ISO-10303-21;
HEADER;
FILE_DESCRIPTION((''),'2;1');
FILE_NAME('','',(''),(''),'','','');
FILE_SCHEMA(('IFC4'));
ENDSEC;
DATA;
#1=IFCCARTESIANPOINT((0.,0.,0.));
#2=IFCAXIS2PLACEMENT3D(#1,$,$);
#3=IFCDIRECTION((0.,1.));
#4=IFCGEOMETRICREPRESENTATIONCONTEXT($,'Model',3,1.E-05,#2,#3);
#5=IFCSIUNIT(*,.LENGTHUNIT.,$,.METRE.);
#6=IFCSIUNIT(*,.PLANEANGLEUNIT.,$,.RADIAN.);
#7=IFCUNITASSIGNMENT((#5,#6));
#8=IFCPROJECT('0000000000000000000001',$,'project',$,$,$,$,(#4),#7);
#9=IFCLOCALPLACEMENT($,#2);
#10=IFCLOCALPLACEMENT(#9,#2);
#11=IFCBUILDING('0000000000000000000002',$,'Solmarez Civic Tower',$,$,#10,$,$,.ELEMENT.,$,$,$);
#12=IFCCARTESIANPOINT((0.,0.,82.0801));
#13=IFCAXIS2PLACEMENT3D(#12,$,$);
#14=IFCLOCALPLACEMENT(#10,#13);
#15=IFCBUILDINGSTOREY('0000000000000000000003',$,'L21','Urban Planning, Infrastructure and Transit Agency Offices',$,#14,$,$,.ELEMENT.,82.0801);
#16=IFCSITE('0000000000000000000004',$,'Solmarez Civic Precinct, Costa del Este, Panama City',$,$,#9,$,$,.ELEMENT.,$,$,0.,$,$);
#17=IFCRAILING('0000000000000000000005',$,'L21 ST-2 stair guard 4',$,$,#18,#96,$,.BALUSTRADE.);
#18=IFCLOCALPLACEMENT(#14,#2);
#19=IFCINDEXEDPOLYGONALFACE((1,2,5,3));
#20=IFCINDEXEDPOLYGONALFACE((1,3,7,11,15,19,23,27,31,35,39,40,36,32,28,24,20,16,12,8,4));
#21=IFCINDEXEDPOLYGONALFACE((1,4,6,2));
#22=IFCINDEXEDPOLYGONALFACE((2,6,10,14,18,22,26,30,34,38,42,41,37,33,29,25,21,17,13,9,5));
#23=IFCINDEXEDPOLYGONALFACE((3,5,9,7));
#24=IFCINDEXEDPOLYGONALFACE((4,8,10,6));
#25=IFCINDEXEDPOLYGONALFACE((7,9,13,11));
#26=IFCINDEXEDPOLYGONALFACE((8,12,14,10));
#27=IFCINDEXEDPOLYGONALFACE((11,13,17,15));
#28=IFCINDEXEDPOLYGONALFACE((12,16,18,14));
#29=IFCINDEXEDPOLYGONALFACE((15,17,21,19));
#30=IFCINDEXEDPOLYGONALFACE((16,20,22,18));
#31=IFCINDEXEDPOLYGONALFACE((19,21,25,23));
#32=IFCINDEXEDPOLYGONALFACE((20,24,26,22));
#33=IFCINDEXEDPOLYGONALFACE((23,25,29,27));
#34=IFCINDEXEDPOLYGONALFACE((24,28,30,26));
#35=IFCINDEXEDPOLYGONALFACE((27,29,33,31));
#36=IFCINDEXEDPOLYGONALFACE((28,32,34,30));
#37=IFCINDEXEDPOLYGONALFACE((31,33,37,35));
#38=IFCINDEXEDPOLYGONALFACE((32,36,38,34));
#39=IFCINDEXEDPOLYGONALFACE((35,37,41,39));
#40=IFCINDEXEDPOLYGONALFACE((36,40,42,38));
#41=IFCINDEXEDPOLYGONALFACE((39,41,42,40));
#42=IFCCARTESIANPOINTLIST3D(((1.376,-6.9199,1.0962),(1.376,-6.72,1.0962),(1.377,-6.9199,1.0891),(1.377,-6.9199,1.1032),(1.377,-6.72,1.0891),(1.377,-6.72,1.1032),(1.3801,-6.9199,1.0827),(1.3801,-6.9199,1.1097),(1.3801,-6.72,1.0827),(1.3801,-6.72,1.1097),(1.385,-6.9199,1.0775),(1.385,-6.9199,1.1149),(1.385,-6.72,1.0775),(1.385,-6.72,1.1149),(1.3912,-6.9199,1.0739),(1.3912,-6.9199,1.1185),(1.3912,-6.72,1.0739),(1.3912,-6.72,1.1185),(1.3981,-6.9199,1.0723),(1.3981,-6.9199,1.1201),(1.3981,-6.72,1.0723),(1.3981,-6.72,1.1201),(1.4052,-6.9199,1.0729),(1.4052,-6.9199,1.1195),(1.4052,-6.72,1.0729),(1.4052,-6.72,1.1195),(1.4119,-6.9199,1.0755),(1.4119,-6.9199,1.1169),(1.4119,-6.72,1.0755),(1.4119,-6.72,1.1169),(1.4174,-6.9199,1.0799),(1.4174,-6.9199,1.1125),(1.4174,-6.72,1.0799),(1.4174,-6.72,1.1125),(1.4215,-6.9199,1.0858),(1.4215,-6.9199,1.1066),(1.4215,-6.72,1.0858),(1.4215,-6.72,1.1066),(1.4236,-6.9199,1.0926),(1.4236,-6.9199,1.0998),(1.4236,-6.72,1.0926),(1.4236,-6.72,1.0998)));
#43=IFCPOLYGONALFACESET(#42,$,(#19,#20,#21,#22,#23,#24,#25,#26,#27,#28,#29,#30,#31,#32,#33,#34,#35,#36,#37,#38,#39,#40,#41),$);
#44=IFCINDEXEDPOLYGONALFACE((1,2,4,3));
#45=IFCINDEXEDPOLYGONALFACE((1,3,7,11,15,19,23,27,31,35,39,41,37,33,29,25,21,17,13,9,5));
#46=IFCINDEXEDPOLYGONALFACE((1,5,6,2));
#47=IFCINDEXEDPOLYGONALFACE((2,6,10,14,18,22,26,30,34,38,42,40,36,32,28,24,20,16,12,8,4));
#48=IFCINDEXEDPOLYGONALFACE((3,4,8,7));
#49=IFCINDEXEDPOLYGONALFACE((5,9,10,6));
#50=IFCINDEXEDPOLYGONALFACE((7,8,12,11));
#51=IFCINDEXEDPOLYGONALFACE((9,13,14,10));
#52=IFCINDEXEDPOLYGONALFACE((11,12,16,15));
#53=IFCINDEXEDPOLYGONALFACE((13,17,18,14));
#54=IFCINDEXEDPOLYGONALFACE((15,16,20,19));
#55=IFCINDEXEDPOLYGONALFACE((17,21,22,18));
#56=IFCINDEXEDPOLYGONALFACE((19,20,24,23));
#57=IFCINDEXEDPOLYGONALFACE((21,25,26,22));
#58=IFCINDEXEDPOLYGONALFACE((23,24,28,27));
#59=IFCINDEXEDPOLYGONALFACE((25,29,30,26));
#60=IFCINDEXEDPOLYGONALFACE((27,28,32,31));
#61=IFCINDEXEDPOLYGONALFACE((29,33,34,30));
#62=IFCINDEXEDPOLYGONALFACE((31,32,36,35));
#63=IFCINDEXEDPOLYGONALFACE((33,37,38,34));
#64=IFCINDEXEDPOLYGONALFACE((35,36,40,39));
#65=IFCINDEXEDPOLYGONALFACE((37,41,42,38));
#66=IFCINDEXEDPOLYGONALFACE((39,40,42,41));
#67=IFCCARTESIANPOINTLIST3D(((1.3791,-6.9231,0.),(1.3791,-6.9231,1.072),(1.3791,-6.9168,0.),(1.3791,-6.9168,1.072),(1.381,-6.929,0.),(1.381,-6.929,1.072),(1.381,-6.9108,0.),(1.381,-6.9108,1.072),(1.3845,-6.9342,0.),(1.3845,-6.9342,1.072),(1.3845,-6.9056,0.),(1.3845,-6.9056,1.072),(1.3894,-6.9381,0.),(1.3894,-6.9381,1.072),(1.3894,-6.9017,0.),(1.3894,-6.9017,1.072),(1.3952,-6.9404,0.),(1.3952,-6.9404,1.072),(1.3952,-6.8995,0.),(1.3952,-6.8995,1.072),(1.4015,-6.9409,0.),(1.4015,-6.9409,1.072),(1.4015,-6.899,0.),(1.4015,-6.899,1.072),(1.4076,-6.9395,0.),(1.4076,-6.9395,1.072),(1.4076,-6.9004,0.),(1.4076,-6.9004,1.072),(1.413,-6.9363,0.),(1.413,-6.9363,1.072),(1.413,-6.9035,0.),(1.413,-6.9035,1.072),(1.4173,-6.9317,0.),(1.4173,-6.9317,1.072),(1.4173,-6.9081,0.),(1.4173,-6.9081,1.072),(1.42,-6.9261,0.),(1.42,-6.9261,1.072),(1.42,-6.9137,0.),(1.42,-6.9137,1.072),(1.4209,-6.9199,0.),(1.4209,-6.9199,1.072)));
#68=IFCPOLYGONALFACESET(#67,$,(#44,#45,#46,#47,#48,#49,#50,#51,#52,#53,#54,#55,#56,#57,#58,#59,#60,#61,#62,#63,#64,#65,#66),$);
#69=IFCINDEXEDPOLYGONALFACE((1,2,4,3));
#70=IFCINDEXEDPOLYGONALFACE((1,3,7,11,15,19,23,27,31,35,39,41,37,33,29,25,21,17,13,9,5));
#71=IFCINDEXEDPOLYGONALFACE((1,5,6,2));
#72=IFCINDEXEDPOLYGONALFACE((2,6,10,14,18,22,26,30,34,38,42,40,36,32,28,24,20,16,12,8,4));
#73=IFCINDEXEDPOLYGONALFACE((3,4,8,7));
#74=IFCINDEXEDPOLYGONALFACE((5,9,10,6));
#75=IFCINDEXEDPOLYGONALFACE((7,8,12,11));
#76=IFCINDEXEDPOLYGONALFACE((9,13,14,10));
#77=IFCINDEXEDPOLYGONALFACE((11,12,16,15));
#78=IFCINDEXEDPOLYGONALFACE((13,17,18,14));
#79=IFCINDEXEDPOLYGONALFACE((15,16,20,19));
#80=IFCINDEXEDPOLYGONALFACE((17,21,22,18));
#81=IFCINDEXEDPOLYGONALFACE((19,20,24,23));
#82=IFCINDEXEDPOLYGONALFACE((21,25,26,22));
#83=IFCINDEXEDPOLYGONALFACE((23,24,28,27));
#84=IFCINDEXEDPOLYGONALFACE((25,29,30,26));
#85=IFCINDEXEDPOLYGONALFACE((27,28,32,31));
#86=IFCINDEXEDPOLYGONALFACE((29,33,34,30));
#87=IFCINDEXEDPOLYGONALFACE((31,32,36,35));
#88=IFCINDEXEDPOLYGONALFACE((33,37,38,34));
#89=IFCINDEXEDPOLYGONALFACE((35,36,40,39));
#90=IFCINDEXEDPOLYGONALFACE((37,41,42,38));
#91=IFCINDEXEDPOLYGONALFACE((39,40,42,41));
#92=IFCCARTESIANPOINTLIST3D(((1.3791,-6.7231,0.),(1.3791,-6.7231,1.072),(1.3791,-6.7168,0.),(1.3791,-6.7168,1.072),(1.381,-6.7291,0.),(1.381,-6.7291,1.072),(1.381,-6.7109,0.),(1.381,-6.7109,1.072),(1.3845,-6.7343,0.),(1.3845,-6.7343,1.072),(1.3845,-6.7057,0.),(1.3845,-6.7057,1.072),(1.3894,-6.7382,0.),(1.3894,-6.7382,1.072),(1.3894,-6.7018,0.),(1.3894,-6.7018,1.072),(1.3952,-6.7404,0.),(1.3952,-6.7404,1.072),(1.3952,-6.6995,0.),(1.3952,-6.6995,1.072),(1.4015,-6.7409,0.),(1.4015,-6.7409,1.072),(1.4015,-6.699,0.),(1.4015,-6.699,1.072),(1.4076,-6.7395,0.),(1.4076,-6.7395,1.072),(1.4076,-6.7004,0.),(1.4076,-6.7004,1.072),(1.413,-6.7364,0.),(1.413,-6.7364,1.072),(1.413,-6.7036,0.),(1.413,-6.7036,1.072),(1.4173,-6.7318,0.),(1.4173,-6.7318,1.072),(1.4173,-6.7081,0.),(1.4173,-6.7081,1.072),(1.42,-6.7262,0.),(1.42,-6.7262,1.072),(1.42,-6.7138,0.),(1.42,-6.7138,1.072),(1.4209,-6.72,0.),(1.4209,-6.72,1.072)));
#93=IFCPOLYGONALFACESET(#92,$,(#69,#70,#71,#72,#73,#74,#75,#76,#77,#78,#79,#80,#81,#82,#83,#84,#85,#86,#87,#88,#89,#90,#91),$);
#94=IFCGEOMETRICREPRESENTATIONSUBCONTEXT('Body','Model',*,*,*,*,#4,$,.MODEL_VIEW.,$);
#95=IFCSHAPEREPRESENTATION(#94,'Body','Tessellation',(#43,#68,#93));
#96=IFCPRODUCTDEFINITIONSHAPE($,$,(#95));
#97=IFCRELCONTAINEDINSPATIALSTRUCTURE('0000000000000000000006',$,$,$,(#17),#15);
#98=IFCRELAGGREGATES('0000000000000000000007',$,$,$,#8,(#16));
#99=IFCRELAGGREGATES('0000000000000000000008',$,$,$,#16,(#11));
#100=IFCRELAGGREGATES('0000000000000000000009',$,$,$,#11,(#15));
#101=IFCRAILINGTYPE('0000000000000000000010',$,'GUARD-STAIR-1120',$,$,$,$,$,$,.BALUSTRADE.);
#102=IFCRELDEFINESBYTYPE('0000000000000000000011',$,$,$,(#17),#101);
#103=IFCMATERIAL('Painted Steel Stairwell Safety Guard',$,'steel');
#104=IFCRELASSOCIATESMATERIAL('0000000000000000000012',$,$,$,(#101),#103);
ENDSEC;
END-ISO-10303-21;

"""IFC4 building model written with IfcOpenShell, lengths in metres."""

from ifc_helpers import new_model, si_unit, direction, frame, origin, origin_2d, place, context, subcontext, project, spatial, circle, extrude, material, type_object, element, save


model = new_model("IFC4")

# Units and contexts
model_context = context("Model", 3, precision=1e-05, world=origin(), true_north=direction((0.0, 1.0)))
body_context = subcontext(model_context, "Body", "Model", "MODEL_VIEW")
ifc_project = project(units=[si_unit("LENGTHUNIT", "METRE"), si_unit("PLANEANGLEUNIT", "RADIAN")], contexts=[model_context])

# Site, building, storey
site_placement = place(None, origin())
site = spatial("IfcSite", under=ifc_project, at=site_placement, Name="Solmarez Civic Precinct, Costa del Este, Panama City", CompositionType="ELEMENT", RefElevation=0.0)
building_placement = place(site_placement, origin())
building = spatial("IfcBuilding", under=site, at=building_placement, Name="Solmarez Civic Tower", CompositionType="ELEMENT")
storey_placement = place(building_placement, frame((0.0, 0.0, 82.0801)))
storey = spatial("IfcBuildingStorey", under=building, at=storey_placement, Name="L21", Description="Urban Planning, Infrastructure and Transit Agency Offices", CompositionType="ELEMENT", Elevation=82.0801)

# Railing
ifc_material_1 = material(Name="Painted Steel Stairwell Safety Guard", Category="steel")
railing_type_1 = type_object("IfcRailingType", Name="GUARD-STAIR-1120", PredefinedType="BALUSTRADE", material=ifc_material_1)
railing_1_placement = place(storey_placement, frame((1.3999, -6.9199, 0.0)))
element("IfcRailing", 1, at=railing_1_placement, inside=storey, type_object=railing_type_1, Name="L21 ST-2 stair guard 4", PredefinedType="BALUSTRADE", context=body_context, shape_type="SweptSolid", body=[
    extrude(circle(Radius=0.0239, at=origin_2d()), frame((0.0, 0.0, 1.0962), z_axis=(0.0, 1.0, 0.0), x_axis=(-1.0, 0.0, 0.0)), (0.0, 0.0, 1.0), 0.2),
    extrude(circle(Radius=0.021, at=origin_2d()), origin(), (0.0, 0.0, 1.0), 1.072),
    extrude(circle(Radius=0.021, at=origin_2d()), frame((0.0, 0.2, 0.0)), (0.0, 0.0, 1.0), 1.072),
])

save(model, "model.ifc")
